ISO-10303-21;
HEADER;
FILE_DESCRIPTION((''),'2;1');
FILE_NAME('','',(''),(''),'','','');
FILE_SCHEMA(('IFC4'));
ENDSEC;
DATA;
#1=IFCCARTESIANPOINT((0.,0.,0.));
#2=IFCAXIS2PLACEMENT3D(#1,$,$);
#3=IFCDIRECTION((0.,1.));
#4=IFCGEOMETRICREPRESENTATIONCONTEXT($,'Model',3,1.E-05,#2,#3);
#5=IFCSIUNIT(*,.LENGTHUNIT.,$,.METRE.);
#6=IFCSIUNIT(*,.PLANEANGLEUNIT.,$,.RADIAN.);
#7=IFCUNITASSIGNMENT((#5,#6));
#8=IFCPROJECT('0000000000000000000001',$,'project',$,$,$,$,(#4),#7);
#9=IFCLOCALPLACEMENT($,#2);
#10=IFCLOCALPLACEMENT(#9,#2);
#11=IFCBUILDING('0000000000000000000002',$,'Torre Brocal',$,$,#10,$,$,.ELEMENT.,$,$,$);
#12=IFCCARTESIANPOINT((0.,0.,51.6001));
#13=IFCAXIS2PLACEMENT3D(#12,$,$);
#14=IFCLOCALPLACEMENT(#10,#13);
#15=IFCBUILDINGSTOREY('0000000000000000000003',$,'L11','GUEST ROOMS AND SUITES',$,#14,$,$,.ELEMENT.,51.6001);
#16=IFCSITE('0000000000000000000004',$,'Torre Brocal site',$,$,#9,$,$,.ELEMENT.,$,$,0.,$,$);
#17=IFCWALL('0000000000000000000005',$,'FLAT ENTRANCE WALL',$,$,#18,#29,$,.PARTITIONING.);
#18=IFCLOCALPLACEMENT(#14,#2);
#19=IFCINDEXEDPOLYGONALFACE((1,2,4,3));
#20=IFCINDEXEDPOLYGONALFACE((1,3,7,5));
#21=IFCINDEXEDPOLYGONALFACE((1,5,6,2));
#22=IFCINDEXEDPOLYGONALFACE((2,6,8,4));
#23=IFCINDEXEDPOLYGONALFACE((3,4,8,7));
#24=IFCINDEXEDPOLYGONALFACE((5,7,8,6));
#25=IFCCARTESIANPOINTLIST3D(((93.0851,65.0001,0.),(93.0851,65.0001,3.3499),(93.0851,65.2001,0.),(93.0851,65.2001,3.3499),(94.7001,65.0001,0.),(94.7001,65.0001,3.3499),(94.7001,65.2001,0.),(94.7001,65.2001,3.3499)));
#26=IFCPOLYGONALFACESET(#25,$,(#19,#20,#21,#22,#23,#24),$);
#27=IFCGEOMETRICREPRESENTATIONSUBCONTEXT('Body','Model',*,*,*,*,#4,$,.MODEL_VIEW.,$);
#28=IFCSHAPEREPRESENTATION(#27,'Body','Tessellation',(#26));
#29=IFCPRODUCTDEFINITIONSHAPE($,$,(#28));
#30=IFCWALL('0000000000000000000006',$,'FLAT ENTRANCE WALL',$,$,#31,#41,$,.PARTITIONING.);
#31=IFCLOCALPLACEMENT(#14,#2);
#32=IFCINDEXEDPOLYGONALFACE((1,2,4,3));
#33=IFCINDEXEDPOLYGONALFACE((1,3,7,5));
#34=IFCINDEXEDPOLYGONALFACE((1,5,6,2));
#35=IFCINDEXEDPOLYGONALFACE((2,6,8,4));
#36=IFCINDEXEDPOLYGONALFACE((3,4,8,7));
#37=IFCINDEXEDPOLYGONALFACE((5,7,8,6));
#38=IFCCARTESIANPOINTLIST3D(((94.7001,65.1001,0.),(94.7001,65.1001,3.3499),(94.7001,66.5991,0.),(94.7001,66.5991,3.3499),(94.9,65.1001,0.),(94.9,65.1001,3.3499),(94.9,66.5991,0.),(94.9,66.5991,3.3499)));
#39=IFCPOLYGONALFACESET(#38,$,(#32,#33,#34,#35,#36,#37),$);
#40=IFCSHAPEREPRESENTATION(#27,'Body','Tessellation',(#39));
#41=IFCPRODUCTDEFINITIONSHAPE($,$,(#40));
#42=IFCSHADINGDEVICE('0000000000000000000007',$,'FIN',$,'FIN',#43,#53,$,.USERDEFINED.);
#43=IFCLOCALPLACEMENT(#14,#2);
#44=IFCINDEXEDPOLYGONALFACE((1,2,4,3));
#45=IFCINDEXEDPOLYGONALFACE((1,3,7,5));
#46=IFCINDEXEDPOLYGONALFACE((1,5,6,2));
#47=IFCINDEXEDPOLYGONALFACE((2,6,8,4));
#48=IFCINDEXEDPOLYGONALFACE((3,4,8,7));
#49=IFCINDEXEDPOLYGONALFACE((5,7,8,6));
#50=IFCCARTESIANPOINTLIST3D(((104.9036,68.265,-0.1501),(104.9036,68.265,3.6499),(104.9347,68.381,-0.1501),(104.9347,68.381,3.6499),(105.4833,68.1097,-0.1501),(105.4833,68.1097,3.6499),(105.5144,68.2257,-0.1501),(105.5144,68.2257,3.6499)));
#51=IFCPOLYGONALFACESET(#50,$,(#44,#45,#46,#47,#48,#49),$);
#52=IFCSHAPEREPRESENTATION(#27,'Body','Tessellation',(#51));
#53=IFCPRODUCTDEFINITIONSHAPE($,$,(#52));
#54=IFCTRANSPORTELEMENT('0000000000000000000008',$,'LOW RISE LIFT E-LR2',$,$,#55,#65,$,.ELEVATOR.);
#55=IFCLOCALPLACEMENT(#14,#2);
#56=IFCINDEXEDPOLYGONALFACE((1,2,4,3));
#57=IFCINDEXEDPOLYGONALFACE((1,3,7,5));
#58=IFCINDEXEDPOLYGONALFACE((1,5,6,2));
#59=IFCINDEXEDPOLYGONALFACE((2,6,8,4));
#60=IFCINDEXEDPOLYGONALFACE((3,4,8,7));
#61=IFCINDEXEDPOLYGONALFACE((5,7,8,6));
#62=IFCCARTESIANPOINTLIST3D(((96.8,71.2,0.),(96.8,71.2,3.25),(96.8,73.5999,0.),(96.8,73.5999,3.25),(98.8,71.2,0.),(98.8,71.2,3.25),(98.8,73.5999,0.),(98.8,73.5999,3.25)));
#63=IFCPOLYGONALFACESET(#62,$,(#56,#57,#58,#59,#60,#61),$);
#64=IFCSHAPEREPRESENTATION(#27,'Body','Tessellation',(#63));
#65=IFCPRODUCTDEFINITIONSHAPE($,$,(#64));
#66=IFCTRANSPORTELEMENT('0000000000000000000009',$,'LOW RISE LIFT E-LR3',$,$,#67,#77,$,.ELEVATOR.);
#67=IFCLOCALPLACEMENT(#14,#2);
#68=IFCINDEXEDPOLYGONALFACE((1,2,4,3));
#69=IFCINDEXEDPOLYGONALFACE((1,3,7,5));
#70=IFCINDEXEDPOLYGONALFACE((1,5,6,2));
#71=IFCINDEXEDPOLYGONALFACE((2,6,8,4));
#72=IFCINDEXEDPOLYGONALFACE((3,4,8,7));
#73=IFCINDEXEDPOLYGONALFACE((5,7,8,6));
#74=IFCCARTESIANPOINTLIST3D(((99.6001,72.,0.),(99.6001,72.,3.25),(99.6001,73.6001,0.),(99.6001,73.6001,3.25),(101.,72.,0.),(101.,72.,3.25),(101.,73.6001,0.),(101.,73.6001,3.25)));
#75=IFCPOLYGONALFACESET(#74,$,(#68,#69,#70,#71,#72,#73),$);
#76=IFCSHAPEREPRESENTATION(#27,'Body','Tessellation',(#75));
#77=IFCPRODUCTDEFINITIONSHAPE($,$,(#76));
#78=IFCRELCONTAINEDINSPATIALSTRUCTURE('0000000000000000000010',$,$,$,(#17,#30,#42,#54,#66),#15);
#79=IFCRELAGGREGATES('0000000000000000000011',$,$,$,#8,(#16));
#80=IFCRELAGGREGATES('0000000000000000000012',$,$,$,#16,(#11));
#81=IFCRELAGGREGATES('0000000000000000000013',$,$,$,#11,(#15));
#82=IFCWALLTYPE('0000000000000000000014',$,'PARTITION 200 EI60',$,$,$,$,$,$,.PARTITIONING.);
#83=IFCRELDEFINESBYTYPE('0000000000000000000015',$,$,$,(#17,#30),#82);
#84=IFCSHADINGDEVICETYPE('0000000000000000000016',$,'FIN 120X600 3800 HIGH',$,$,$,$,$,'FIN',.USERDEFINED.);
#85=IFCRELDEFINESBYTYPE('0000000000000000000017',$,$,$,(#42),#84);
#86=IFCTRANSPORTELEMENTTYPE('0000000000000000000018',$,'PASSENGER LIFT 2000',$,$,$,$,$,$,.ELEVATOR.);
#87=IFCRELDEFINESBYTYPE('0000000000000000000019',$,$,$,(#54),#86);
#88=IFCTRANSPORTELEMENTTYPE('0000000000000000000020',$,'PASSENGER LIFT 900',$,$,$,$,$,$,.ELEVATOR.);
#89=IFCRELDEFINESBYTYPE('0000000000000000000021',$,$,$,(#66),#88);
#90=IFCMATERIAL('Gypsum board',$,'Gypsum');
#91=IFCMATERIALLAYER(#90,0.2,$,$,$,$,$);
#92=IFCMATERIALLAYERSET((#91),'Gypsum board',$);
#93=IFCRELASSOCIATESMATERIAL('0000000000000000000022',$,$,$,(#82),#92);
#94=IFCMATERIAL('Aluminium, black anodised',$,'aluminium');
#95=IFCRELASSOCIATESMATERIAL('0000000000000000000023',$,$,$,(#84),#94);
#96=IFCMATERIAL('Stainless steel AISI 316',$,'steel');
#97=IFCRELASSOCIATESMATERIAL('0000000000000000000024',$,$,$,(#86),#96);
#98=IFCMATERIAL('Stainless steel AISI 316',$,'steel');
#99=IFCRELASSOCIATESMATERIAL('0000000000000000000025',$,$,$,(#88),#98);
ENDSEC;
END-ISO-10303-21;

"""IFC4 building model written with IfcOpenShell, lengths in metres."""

from ifc_helpers import new_model, si_unit, direction, frame, frame_2d, origin, origin_2d, place, context, subcontext, project, spatial, rectangle, extrude, material, layer, layer_set, material_profile, profile_set, type_object, element, save


model = new_model("IFC4")

# Units and contexts
model_context = context("Model", 3, precision=1e-05, world=origin(), true_north=direction((0.0, 1.0)))
body_context = subcontext(model_context, "Body", "Model", "MODEL_VIEW")
ifc_project = project(units=[si_unit("LENGTHUNIT", "METRE"), si_unit("PLANEANGLEUNIT", "RADIAN")], contexts=[model_context])

# Site, building, storey
site_placement = place(None, origin())
site = spatial("IfcSite", under=ifc_project, at=site_placement, Name="Torre Brocal site", CompositionType="ELEMENT", RefElevation=0.0)
building_placement = place(site_placement, origin())
building = spatial("IfcBuilding", under=site, at=building_placement, Name="Torre Brocal", CompositionType="ELEMENT")
storey_placement = place(building_placement, frame((0.0, 0.0, 51.6001)))
storey = spatial("IfcBuildingStorey", under=building, at=storey_placement, Name="L11", Description="GUEST ROOMS AND SUITES", CompositionType="ELEMENT", Elevation=51.6001)

# Walls
ifc_material_1 = material(Name="Gypsum board", Category="Gypsum")
ifc_layer_1 = layer(ifc_material_1, 0.2)
ifc_layer_set_1 = layer_set([ifc_layer_1], Name="Gypsum board")
wall_type_1 = type_object("IfcWallType", Name="PARTITION 200 EI60", PredefinedType="PARTITIONING", material=ifc_layer_set_1)
wall_1_placement = place(storey_placement, frame((93.085, 65.1001, 0.0), z_axis=(0.0, 0.0, 1.0), x_axis=(1.0, 0.0, 0.0)))
element("IfcWall", 1, at=wall_1_placement, inside=storey, type_object=wall_type_1, Name="FLAT ENTRANCE WALL", PredefinedType="PARTITIONING", context=body_context, shape_type="SweptSolid", body=[
    extrude(rectangle(XDim=1.615, YDim=0.2, at=frame_2d((0.8076, 0.0))), origin(), (0.0, 0.0, 1.0), 3.3499),
])
wall_2_placement = place(storey_placement, frame((94.8, 65.1001, 0.0), z_axis=(0.0, 0.0, 1.0), x_axis=(0.0, 1.0, 0.0)))
element("IfcWall", 2, at=wall_2_placement, inside=storey, type_object=wall_type_1, Name="FLAT ENTRANCE WALL", PredefinedType="PARTITIONING", context=body_context, shape_type="SweptSolid", body=[
    extrude(rectangle(XDim=1.499, YDim=0.2, at=frame_2d((0.7495, 0.0))), origin(), (0.0, 0.0, 1.0), 3.3499),
])

# Shading device
ifc_material_2 = material(Name="Aluminium, black anodised", Category="aluminium")
ifc_material_profile_1 = material_profile(ifc_material_2, rectangle(XDim=0.1201, YDim=0.6001, at=origin_2d()), Name="FIN 120X600 3800 HIGH")
ifc_profile_set_1 = profile_set([ifc_material_profile_1], Name="Aluminium, black anodised")
shading_device_type = type_object("IfcShadingDeviceType", Name="FIN 120X600 3800 HIGH", ElementType="FIN", PredefinedType="USERDEFINED", material=ifc_profile_set_1)
shading_device_placement = place(storey_placement, frame((105.209, 68.2454, -0.1501), z_axis=(0.0, 0.0, 1.0), x_axis=(0.258819, 0.965926, 0.0)))
element("IfcShadingDevice", 3, at=shading_device_placement, inside=storey, type_object=shading_device_type, Name="FIN", ObjectType="FIN", PredefinedType="USERDEFINED", context=body_context, shape_type="SweptSolid", body=[
    extrude(rectangle(XDim=0.1201, YDim=0.6001, at=origin_2d()), origin(), (0.0, 0.0, 1.0), 3.8),
])

# Transport elements
ifc_material_3 = material(Name="Stainless steel AISI 316", Category="steel")
transport_element_type_1 = type_object("IfcTransportElementType", Name="PASSENGER LIFT 2000", PredefinedType="ELEVATOR", material=ifc_material_3)
transport_element_1_placement = place(storey_placement, frame((97.8, 72.3999, 0.0), z_axis=(0.0, 0.0, 1.0), x_axis=(1.0, 0.0, 0.0)))
element("IfcTransportElement", 4, at=transport_element_1_placement, inside=storey, type_object=transport_element_type_1, Name="LOW RISE LIFT E-LR2", PredefinedType="ELEVATOR", context=body_context, shape_type="SweptSolid", body=[
    extrude(rectangle(XDim=2.0, YDim=2.3999, at=origin_2d()), origin(), (0.0, 0.0, 1.0), 3.25),
])
ifc_material_4 = material(Name="Stainless steel AISI 316", Category="steel")
transport_element_type_2 = type_object("IfcTransportElementType", Name="PASSENGER LIFT 900", PredefinedType="ELEVATOR", material=ifc_material_4)
transport_element_2_placement = place(storey_placement, frame((100.3, 72.8, 0.0), z_axis=(0.0, 0.0, 1.0), x_axis=(1.0, 0.0, 0.0)))
element("IfcTransportElement", 5, at=transport_element_2_placement, inside=storey, type_object=transport_element_type_2, Name="LOW RISE LIFT E-LR3", PredefinedType="ELEVATOR", context=body_context, shape_type="SweptSolid", body=[
    extrude(rectangle(XDim=1.3999, YDim=1.6001, at=origin_2d()), origin(), (0.0, 0.0, 1.0), 3.25),
])

save(model, "model.ifc")
